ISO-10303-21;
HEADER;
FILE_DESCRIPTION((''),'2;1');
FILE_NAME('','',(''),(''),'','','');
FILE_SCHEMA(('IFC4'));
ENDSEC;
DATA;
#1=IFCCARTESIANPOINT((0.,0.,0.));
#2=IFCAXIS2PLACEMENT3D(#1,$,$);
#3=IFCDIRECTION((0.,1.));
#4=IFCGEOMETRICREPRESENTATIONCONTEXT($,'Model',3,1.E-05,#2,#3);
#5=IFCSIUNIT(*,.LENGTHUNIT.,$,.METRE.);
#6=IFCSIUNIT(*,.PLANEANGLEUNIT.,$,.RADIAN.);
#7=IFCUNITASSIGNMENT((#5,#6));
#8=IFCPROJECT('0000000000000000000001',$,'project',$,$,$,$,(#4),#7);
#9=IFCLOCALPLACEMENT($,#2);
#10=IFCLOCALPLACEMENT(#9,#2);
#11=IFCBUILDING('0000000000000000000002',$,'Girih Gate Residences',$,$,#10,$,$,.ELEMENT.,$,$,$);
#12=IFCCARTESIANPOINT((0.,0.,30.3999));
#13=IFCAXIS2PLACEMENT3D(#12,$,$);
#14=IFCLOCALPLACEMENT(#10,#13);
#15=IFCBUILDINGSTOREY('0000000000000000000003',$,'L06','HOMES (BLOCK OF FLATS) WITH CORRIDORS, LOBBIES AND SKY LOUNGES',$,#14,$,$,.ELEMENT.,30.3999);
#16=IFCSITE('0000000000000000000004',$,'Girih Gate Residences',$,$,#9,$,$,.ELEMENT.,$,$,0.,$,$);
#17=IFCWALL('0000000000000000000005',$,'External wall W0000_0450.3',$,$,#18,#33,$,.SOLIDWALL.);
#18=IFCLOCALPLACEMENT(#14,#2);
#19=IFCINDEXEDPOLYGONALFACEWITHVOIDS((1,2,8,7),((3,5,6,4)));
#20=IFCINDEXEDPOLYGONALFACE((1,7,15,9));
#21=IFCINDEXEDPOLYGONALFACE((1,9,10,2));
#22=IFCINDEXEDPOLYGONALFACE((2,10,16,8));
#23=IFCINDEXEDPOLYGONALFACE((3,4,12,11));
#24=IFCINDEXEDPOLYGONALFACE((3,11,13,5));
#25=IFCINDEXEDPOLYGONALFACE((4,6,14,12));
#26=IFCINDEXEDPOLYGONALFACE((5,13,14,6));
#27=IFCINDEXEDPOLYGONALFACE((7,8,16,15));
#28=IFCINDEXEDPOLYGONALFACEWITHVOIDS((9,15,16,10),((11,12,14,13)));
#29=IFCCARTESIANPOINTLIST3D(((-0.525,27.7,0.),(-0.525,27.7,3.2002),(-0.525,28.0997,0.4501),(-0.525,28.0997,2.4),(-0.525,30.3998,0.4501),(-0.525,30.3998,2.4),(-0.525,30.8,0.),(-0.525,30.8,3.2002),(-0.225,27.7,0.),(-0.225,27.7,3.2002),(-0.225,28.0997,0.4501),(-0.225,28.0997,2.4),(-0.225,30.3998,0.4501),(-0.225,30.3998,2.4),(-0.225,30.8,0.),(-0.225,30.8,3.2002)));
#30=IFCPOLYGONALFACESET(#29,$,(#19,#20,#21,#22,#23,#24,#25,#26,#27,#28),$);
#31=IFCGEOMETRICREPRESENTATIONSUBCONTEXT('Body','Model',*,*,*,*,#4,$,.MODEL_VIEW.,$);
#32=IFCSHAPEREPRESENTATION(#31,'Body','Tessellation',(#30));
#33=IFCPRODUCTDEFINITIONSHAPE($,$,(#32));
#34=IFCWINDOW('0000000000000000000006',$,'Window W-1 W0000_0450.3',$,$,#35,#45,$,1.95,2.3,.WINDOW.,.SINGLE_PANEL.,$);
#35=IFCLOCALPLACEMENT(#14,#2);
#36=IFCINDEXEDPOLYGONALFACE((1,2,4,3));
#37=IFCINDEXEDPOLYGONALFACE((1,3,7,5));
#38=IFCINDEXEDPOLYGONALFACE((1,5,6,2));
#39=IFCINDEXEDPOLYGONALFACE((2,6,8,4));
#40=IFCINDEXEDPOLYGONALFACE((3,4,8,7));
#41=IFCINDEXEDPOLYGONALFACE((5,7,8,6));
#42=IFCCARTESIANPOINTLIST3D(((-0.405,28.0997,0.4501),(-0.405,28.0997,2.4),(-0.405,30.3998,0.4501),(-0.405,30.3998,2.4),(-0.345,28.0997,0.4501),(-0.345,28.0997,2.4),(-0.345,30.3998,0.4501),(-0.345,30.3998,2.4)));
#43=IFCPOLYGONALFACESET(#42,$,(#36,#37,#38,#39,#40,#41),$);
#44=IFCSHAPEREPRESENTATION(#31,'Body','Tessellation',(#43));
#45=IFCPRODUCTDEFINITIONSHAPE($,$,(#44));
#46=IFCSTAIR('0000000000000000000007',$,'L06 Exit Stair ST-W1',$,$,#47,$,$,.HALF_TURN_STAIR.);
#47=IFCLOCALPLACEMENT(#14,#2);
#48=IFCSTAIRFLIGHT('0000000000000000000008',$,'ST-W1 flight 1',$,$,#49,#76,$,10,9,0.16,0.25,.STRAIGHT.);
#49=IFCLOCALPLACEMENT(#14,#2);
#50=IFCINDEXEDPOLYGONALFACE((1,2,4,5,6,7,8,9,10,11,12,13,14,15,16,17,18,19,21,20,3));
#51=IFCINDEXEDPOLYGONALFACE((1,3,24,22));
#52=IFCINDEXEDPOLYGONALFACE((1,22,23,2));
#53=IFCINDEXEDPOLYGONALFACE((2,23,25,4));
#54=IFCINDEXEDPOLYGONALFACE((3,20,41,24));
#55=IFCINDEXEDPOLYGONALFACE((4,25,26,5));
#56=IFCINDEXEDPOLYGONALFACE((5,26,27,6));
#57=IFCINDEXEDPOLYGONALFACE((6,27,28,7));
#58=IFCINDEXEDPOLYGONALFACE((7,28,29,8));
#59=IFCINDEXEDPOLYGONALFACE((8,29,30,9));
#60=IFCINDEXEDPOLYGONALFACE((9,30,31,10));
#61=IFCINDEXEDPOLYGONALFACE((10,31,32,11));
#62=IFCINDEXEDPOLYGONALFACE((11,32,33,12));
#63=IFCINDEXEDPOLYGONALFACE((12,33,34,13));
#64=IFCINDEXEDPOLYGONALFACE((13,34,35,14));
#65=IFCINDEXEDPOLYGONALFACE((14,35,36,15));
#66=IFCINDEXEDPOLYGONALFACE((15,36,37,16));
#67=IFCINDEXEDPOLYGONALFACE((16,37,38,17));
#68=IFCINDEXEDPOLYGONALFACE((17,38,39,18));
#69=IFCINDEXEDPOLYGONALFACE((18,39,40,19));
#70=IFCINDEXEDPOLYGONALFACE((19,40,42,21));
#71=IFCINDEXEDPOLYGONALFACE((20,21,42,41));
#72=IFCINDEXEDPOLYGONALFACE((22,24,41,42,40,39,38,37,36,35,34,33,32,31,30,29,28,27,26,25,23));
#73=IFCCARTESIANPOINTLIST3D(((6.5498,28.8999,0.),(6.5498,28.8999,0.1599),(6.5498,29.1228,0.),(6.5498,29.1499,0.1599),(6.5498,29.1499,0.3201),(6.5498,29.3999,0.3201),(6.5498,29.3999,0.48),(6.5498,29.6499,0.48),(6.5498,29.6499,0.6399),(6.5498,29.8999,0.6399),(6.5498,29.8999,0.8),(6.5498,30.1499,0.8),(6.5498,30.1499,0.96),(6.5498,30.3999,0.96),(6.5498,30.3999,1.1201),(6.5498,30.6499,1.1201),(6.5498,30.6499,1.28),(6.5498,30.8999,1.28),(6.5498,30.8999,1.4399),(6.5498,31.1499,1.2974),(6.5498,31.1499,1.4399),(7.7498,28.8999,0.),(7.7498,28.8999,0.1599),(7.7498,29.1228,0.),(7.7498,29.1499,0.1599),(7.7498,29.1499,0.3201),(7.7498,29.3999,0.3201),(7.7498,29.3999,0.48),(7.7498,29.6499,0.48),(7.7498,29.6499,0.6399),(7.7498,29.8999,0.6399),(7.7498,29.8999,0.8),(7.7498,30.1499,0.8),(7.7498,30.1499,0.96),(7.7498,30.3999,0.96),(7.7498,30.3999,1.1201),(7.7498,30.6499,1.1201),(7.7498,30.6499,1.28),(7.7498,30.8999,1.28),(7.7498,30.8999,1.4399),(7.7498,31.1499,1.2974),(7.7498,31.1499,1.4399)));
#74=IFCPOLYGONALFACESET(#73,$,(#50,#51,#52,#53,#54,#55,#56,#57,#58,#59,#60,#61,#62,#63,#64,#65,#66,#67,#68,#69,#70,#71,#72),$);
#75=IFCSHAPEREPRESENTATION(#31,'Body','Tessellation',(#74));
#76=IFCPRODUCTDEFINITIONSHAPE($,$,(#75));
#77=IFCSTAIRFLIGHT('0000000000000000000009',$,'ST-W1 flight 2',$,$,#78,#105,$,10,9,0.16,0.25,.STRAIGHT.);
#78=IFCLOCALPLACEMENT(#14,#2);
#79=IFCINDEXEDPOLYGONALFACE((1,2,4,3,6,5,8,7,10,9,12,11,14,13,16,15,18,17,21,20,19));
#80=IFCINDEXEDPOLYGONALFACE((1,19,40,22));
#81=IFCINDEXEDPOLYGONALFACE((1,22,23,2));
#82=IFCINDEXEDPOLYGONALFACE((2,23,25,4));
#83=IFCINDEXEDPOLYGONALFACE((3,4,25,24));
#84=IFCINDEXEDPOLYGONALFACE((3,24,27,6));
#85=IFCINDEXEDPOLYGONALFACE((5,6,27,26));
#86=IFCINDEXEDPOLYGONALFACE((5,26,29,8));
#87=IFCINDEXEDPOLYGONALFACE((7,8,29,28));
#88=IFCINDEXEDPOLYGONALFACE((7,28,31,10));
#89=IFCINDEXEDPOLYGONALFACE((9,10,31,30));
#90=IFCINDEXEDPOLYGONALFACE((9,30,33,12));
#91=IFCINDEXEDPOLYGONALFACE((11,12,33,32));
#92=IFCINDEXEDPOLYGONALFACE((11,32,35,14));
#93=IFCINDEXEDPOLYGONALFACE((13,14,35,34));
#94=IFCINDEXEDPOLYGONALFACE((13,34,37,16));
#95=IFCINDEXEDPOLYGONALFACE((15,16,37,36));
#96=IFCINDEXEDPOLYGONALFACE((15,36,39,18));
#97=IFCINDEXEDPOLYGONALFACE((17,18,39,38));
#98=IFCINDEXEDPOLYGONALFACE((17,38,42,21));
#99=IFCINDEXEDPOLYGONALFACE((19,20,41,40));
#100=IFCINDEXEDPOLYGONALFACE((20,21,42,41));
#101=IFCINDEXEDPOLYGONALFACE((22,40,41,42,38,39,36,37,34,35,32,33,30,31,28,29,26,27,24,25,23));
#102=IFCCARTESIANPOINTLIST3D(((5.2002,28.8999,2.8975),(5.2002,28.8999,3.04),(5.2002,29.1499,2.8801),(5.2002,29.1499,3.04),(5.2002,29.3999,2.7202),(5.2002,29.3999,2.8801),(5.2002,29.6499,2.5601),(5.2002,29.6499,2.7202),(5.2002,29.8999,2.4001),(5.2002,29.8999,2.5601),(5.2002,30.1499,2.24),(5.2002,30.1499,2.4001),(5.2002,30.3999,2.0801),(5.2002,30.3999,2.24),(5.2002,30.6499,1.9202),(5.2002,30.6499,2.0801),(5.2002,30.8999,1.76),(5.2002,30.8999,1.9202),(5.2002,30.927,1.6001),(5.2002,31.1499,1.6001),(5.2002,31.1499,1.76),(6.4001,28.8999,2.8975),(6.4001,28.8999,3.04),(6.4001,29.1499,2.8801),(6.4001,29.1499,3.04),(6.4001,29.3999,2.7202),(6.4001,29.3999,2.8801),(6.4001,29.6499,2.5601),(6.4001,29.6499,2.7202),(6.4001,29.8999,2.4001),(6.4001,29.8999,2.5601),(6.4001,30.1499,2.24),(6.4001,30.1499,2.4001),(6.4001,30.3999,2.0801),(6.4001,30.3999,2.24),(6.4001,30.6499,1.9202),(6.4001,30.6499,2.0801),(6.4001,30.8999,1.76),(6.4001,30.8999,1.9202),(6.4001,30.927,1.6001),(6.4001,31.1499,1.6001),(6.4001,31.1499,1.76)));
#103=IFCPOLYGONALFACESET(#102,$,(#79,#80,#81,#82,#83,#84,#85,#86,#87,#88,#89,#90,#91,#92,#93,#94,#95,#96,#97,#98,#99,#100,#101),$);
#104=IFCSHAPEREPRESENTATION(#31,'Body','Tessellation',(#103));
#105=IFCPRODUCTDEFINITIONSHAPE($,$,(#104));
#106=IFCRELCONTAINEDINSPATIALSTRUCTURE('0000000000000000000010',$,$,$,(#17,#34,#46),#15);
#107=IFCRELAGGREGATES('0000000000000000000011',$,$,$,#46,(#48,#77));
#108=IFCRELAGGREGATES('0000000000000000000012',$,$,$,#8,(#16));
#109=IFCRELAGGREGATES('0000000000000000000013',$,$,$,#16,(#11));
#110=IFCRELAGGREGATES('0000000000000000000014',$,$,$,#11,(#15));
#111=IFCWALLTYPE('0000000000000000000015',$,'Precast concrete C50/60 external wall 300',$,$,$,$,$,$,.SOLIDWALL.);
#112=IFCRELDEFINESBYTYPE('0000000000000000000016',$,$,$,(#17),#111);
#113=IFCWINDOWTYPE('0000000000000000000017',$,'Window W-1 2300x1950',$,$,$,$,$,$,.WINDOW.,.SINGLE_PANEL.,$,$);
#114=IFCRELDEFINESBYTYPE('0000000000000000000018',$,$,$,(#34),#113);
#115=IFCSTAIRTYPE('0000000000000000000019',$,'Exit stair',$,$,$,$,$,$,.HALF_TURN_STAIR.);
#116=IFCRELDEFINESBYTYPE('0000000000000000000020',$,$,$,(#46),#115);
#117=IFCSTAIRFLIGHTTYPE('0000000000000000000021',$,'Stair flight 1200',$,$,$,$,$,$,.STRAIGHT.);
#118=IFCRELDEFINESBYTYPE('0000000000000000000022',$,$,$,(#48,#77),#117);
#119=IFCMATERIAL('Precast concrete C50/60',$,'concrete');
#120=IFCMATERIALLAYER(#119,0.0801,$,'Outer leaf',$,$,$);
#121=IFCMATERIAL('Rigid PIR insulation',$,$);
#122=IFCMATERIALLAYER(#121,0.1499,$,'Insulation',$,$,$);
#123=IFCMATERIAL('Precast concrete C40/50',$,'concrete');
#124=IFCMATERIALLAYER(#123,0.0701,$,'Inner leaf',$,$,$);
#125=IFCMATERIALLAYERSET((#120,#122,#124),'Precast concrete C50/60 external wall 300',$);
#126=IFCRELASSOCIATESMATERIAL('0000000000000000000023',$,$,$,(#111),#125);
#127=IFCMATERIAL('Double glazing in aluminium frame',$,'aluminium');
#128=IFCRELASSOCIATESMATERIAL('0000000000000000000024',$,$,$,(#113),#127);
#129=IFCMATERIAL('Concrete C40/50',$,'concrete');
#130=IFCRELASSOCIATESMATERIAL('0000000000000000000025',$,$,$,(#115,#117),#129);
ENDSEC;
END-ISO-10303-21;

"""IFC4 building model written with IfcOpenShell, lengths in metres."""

from ifc_helpers import new_model, si_unit, direction, frame, frame_2d, origin, place, context, subcontext, project, spatial, polyline, rectangle, outline, extrude, material, layer, layer_set, type_object, element, fill, aggregate, save


model = new_model("IFC4")

# Units and contexts
model_context = context("Model", 3, precision=1e-05, world=origin(), true_north=direction((0.0, 1.0)))
body_context = subcontext(model_context, "Body", "Model", "MODEL_VIEW")
ifc_project = project(units=[si_unit("LENGTHUNIT", "METRE"), si_unit("PLANEANGLEUNIT", "RADIAN")], contexts=[model_context])

# Site, building, storey
site_placement = place(None, origin())
site = spatial("IfcSite", under=ifc_project, at=site_placement, Name="Girih Gate Residences", CompositionType="ELEMENT", RefElevation=0.0)
building_placement = place(site_placement, origin())
building = spatial("IfcBuilding", under=site, at=building_placement, Name="Girih Gate Residences", CompositionType="ELEMENT")
storey_placement = place(building_placement, frame((0.0, 0.0, 30.3999)))
storey = spatial("IfcBuildingStorey", under=building, at=storey_placement, Name="L06", Description="HOMES (BLOCK OF FLATS) WITH CORRIDORS, LOBBIES AND SKY LOUNGES", CompositionType="ELEMENT", Elevation=30.3999)

# Wall, opening, window
ifc_material_1 = material(Name="Precast concrete C50/60", Category="concrete")
ifc_layer_1 = layer(ifc_material_1, 0.0801, Name="Outer leaf")
ifc_material_2 = material(Name="Rigid PIR insulation")
ifc_layer_2 = layer(ifc_material_2, 0.1499, Name="Insulation")
ifc_material_3 = material(Name="Precast concrete C40/50", Category="concrete")
ifc_layer_3 = layer(ifc_material_3, 0.0701, Name="Inner leaf")
ifc_layer_set_1 = layer_set([ifc_layer_1, ifc_layer_2, ifc_layer_3], Name="Precast concrete C50/60 external wall 300")
wall_type_1 = type_object("IfcWallType", Name="Precast concrete C50/60 external wall 300", PredefinedType="SOLIDWALL", material=ifc_layer_set_1)
wall_1_placement = place(storey_placement, frame((-0.375, 27.7, 0.0), z_axis=(0.0, 0.0, 1.0), x_axis=(0.0, 1.0, 0.0)))
wall_1 = element("IfcWall", 1, at=wall_1_placement, inside=storey, type_object=wall_type_1, Name="External wall W0000_0450.3", PredefinedType="SOLIDWALL", context=body_context, shape_type="SweptSolid", body=[
    extrude(rectangle(XDim=3.1001, YDim=0.3, at=frame_2d((1.55, 0.0))), origin(), (0.0, 0.0, 1.0), 3.2002),
])
opening_1_placement = place(wall_1_placement, frame((0.3999, 0.0, 0.45)))
opening_1 = element("IfcOpeningElement", 2, at=opening_1_placement, cuts=wall_1, PredefinedType="OPENING", context=body_context, shape_type="SweptSolid", body=[
    extrude(rectangle(XDim=2.3, YDim=1.95, at=frame_2d((1.1499, 0.9751))), frame((0.0, 0.1599, 0.0), z_axis=(0.0, -1.0, 0.0), x_axis=(1.0, 0.0, 0.0)), (0.0, 0.0, 1.0), 0.3201),
])
ifc_material_4 = material(Name="Double glazing in aluminium frame", Category="aluminium")
window_type = type_object("IfcWindowType", Name="Window W-1 2300x1950", PartitioningType="SINGLE_PANEL", PredefinedType="WINDOW", material=ifc_material_4)
window_placement = place(opening_1_placement, origin())
window = element("IfcWindow", 3, at=window_placement, inside=storey, type_object=window_type, Name="Window W-1 W0000_0450.3", OverallHeight=1.95, OverallWidth=2.3, PartitioningType="SINGLE_PANEL", PredefinedType="WINDOW", context=body_context, shape_type="SweptSolid", body=[
    extrude(rectangle(XDim=2.3, YDim=1.95, at=frame_2d((1.1499, 0.9751))), frame((0.0, 0.03, 0.0), z_axis=(0.0, -1.0, 0.0), x_axis=(1.0, 0.0, 0.0)), (0.0, 0.0, 1.0), 0.0601),
])
fill(opening_1, window)

# Stair, stair flights
ifc_material_5 = material(Name="Concrete C40/50", Category="concrete")
stair_type = type_object("IfcStairType", Name="Exit stair", PredefinedType="HALF_TURN_STAIR", material=ifc_material_5)
stair_placement = place(storey_placement, origin())
stair = element("IfcStair", 4, at=stair_placement, inside=storey, type_object=stair_type, Name="L06 Exit Stair ST-W1", PredefinedType="HALF_TURN_STAIR")
stair_flight_type = type_object("IfcStairFlightType", Name="Stair flight 1200", PredefinedType="STRAIGHT", material=ifc_material_5)
stair_flight_1_placement = place(storey_placement, frame((7.1499, 28.8999, 0.0), z_axis=(0.0, 0.0, 1.0), x_axis=(0.0, 1.0, 0.0)))
stair_flight_1 = element("IfcStairFlight", 5, at=stair_flight_1_placement, type_object=stair_flight_type, Name="ST-W1 flight 1", NumberOfRisers=10, NumberOfTreads=9, PredefinedType="STRAIGHT", RiserHeight=0.16, TreadLength=0.25, context=body_context, shape_type="SweptSolid", body=[
    extrude(outline(polyline([(0.0, 0.0), (0.0, 0.1599), (0.25, 0.1599), (0.25, 0.3201), (0.5, 0.3201), (0.5, 0.48), (0.75, 0.48), (0.75, 0.6399), (1.0, 0.6399), (1.0, 0.8), (1.25, 0.8), (1.25, 0.96), (1.5, 0.96), (1.5, 1.1201), (1.75, 1.1201), (1.75, 1.28), (2.0, 1.28), (2.0, 1.4399), (2.25, 1.4399), (2.25, 1.6001), (2.25, 1.2974), (0.2229, 0.0), (0.0, 0.0)])), frame((0.0, 0.6001, 0.0), z_axis=(0.0, -1.0, 0.0), x_axis=(1.0, 0.0, 0.0)), (0.0, 0.0, 1.0), 1.2),
])
stair_flight_2_placement = place(storey_placement, frame((5.8, 31.1499, 1.6001), z_axis=(0.0, 0.0, 1.0), x_axis=(0.0, -1.0, 0.0)))
stair_flight_2 = element("IfcStairFlight", 6, at=stair_flight_2_placement, type_object=stair_flight_type, Name="ST-W1 flight 2", NumberOfRisers=10, NumberOfTreads=9, PredefinedType="STRAIGHT", RiserHeight=0.16, TreadLength=0.25, context=body_context, shape_type="SweptSolid", body=[
    extrude(outline(polyline([(0.0, 0.0), (0.0, 0.1599), (0.25, 0.1599), (0.25, 0.3201), (0.5, 0.3201), (0.5, 0.48), (0.75, 0.48), (0.75, 0.6399), (1.0, 0.6399), (1.0, 0.8), (1.25, 0.8), (1.25, 0.96), (1.5, 0.96), (1.5, 1.1201), (1.75, 1.1201), (1.75, 1.28), (2.0, 1.28), (2.0, 1.4399), (2.25, 1.4399), (2.25, 1.6001), (2.25, 1.2974), (0.2229, 0.0), (0.0, 0.0)])), frame((0.0, 0.6001, 0.0), z_axis=(0.0, -1.0, 0.0), x_axis=(1.0, 0.0, 0.0)), (0.0, 0.0, 1.0), 1.2),
])
aggregate(stair, [stair_flight_1, stair_flight_2])

save(model, "model.ifc")
